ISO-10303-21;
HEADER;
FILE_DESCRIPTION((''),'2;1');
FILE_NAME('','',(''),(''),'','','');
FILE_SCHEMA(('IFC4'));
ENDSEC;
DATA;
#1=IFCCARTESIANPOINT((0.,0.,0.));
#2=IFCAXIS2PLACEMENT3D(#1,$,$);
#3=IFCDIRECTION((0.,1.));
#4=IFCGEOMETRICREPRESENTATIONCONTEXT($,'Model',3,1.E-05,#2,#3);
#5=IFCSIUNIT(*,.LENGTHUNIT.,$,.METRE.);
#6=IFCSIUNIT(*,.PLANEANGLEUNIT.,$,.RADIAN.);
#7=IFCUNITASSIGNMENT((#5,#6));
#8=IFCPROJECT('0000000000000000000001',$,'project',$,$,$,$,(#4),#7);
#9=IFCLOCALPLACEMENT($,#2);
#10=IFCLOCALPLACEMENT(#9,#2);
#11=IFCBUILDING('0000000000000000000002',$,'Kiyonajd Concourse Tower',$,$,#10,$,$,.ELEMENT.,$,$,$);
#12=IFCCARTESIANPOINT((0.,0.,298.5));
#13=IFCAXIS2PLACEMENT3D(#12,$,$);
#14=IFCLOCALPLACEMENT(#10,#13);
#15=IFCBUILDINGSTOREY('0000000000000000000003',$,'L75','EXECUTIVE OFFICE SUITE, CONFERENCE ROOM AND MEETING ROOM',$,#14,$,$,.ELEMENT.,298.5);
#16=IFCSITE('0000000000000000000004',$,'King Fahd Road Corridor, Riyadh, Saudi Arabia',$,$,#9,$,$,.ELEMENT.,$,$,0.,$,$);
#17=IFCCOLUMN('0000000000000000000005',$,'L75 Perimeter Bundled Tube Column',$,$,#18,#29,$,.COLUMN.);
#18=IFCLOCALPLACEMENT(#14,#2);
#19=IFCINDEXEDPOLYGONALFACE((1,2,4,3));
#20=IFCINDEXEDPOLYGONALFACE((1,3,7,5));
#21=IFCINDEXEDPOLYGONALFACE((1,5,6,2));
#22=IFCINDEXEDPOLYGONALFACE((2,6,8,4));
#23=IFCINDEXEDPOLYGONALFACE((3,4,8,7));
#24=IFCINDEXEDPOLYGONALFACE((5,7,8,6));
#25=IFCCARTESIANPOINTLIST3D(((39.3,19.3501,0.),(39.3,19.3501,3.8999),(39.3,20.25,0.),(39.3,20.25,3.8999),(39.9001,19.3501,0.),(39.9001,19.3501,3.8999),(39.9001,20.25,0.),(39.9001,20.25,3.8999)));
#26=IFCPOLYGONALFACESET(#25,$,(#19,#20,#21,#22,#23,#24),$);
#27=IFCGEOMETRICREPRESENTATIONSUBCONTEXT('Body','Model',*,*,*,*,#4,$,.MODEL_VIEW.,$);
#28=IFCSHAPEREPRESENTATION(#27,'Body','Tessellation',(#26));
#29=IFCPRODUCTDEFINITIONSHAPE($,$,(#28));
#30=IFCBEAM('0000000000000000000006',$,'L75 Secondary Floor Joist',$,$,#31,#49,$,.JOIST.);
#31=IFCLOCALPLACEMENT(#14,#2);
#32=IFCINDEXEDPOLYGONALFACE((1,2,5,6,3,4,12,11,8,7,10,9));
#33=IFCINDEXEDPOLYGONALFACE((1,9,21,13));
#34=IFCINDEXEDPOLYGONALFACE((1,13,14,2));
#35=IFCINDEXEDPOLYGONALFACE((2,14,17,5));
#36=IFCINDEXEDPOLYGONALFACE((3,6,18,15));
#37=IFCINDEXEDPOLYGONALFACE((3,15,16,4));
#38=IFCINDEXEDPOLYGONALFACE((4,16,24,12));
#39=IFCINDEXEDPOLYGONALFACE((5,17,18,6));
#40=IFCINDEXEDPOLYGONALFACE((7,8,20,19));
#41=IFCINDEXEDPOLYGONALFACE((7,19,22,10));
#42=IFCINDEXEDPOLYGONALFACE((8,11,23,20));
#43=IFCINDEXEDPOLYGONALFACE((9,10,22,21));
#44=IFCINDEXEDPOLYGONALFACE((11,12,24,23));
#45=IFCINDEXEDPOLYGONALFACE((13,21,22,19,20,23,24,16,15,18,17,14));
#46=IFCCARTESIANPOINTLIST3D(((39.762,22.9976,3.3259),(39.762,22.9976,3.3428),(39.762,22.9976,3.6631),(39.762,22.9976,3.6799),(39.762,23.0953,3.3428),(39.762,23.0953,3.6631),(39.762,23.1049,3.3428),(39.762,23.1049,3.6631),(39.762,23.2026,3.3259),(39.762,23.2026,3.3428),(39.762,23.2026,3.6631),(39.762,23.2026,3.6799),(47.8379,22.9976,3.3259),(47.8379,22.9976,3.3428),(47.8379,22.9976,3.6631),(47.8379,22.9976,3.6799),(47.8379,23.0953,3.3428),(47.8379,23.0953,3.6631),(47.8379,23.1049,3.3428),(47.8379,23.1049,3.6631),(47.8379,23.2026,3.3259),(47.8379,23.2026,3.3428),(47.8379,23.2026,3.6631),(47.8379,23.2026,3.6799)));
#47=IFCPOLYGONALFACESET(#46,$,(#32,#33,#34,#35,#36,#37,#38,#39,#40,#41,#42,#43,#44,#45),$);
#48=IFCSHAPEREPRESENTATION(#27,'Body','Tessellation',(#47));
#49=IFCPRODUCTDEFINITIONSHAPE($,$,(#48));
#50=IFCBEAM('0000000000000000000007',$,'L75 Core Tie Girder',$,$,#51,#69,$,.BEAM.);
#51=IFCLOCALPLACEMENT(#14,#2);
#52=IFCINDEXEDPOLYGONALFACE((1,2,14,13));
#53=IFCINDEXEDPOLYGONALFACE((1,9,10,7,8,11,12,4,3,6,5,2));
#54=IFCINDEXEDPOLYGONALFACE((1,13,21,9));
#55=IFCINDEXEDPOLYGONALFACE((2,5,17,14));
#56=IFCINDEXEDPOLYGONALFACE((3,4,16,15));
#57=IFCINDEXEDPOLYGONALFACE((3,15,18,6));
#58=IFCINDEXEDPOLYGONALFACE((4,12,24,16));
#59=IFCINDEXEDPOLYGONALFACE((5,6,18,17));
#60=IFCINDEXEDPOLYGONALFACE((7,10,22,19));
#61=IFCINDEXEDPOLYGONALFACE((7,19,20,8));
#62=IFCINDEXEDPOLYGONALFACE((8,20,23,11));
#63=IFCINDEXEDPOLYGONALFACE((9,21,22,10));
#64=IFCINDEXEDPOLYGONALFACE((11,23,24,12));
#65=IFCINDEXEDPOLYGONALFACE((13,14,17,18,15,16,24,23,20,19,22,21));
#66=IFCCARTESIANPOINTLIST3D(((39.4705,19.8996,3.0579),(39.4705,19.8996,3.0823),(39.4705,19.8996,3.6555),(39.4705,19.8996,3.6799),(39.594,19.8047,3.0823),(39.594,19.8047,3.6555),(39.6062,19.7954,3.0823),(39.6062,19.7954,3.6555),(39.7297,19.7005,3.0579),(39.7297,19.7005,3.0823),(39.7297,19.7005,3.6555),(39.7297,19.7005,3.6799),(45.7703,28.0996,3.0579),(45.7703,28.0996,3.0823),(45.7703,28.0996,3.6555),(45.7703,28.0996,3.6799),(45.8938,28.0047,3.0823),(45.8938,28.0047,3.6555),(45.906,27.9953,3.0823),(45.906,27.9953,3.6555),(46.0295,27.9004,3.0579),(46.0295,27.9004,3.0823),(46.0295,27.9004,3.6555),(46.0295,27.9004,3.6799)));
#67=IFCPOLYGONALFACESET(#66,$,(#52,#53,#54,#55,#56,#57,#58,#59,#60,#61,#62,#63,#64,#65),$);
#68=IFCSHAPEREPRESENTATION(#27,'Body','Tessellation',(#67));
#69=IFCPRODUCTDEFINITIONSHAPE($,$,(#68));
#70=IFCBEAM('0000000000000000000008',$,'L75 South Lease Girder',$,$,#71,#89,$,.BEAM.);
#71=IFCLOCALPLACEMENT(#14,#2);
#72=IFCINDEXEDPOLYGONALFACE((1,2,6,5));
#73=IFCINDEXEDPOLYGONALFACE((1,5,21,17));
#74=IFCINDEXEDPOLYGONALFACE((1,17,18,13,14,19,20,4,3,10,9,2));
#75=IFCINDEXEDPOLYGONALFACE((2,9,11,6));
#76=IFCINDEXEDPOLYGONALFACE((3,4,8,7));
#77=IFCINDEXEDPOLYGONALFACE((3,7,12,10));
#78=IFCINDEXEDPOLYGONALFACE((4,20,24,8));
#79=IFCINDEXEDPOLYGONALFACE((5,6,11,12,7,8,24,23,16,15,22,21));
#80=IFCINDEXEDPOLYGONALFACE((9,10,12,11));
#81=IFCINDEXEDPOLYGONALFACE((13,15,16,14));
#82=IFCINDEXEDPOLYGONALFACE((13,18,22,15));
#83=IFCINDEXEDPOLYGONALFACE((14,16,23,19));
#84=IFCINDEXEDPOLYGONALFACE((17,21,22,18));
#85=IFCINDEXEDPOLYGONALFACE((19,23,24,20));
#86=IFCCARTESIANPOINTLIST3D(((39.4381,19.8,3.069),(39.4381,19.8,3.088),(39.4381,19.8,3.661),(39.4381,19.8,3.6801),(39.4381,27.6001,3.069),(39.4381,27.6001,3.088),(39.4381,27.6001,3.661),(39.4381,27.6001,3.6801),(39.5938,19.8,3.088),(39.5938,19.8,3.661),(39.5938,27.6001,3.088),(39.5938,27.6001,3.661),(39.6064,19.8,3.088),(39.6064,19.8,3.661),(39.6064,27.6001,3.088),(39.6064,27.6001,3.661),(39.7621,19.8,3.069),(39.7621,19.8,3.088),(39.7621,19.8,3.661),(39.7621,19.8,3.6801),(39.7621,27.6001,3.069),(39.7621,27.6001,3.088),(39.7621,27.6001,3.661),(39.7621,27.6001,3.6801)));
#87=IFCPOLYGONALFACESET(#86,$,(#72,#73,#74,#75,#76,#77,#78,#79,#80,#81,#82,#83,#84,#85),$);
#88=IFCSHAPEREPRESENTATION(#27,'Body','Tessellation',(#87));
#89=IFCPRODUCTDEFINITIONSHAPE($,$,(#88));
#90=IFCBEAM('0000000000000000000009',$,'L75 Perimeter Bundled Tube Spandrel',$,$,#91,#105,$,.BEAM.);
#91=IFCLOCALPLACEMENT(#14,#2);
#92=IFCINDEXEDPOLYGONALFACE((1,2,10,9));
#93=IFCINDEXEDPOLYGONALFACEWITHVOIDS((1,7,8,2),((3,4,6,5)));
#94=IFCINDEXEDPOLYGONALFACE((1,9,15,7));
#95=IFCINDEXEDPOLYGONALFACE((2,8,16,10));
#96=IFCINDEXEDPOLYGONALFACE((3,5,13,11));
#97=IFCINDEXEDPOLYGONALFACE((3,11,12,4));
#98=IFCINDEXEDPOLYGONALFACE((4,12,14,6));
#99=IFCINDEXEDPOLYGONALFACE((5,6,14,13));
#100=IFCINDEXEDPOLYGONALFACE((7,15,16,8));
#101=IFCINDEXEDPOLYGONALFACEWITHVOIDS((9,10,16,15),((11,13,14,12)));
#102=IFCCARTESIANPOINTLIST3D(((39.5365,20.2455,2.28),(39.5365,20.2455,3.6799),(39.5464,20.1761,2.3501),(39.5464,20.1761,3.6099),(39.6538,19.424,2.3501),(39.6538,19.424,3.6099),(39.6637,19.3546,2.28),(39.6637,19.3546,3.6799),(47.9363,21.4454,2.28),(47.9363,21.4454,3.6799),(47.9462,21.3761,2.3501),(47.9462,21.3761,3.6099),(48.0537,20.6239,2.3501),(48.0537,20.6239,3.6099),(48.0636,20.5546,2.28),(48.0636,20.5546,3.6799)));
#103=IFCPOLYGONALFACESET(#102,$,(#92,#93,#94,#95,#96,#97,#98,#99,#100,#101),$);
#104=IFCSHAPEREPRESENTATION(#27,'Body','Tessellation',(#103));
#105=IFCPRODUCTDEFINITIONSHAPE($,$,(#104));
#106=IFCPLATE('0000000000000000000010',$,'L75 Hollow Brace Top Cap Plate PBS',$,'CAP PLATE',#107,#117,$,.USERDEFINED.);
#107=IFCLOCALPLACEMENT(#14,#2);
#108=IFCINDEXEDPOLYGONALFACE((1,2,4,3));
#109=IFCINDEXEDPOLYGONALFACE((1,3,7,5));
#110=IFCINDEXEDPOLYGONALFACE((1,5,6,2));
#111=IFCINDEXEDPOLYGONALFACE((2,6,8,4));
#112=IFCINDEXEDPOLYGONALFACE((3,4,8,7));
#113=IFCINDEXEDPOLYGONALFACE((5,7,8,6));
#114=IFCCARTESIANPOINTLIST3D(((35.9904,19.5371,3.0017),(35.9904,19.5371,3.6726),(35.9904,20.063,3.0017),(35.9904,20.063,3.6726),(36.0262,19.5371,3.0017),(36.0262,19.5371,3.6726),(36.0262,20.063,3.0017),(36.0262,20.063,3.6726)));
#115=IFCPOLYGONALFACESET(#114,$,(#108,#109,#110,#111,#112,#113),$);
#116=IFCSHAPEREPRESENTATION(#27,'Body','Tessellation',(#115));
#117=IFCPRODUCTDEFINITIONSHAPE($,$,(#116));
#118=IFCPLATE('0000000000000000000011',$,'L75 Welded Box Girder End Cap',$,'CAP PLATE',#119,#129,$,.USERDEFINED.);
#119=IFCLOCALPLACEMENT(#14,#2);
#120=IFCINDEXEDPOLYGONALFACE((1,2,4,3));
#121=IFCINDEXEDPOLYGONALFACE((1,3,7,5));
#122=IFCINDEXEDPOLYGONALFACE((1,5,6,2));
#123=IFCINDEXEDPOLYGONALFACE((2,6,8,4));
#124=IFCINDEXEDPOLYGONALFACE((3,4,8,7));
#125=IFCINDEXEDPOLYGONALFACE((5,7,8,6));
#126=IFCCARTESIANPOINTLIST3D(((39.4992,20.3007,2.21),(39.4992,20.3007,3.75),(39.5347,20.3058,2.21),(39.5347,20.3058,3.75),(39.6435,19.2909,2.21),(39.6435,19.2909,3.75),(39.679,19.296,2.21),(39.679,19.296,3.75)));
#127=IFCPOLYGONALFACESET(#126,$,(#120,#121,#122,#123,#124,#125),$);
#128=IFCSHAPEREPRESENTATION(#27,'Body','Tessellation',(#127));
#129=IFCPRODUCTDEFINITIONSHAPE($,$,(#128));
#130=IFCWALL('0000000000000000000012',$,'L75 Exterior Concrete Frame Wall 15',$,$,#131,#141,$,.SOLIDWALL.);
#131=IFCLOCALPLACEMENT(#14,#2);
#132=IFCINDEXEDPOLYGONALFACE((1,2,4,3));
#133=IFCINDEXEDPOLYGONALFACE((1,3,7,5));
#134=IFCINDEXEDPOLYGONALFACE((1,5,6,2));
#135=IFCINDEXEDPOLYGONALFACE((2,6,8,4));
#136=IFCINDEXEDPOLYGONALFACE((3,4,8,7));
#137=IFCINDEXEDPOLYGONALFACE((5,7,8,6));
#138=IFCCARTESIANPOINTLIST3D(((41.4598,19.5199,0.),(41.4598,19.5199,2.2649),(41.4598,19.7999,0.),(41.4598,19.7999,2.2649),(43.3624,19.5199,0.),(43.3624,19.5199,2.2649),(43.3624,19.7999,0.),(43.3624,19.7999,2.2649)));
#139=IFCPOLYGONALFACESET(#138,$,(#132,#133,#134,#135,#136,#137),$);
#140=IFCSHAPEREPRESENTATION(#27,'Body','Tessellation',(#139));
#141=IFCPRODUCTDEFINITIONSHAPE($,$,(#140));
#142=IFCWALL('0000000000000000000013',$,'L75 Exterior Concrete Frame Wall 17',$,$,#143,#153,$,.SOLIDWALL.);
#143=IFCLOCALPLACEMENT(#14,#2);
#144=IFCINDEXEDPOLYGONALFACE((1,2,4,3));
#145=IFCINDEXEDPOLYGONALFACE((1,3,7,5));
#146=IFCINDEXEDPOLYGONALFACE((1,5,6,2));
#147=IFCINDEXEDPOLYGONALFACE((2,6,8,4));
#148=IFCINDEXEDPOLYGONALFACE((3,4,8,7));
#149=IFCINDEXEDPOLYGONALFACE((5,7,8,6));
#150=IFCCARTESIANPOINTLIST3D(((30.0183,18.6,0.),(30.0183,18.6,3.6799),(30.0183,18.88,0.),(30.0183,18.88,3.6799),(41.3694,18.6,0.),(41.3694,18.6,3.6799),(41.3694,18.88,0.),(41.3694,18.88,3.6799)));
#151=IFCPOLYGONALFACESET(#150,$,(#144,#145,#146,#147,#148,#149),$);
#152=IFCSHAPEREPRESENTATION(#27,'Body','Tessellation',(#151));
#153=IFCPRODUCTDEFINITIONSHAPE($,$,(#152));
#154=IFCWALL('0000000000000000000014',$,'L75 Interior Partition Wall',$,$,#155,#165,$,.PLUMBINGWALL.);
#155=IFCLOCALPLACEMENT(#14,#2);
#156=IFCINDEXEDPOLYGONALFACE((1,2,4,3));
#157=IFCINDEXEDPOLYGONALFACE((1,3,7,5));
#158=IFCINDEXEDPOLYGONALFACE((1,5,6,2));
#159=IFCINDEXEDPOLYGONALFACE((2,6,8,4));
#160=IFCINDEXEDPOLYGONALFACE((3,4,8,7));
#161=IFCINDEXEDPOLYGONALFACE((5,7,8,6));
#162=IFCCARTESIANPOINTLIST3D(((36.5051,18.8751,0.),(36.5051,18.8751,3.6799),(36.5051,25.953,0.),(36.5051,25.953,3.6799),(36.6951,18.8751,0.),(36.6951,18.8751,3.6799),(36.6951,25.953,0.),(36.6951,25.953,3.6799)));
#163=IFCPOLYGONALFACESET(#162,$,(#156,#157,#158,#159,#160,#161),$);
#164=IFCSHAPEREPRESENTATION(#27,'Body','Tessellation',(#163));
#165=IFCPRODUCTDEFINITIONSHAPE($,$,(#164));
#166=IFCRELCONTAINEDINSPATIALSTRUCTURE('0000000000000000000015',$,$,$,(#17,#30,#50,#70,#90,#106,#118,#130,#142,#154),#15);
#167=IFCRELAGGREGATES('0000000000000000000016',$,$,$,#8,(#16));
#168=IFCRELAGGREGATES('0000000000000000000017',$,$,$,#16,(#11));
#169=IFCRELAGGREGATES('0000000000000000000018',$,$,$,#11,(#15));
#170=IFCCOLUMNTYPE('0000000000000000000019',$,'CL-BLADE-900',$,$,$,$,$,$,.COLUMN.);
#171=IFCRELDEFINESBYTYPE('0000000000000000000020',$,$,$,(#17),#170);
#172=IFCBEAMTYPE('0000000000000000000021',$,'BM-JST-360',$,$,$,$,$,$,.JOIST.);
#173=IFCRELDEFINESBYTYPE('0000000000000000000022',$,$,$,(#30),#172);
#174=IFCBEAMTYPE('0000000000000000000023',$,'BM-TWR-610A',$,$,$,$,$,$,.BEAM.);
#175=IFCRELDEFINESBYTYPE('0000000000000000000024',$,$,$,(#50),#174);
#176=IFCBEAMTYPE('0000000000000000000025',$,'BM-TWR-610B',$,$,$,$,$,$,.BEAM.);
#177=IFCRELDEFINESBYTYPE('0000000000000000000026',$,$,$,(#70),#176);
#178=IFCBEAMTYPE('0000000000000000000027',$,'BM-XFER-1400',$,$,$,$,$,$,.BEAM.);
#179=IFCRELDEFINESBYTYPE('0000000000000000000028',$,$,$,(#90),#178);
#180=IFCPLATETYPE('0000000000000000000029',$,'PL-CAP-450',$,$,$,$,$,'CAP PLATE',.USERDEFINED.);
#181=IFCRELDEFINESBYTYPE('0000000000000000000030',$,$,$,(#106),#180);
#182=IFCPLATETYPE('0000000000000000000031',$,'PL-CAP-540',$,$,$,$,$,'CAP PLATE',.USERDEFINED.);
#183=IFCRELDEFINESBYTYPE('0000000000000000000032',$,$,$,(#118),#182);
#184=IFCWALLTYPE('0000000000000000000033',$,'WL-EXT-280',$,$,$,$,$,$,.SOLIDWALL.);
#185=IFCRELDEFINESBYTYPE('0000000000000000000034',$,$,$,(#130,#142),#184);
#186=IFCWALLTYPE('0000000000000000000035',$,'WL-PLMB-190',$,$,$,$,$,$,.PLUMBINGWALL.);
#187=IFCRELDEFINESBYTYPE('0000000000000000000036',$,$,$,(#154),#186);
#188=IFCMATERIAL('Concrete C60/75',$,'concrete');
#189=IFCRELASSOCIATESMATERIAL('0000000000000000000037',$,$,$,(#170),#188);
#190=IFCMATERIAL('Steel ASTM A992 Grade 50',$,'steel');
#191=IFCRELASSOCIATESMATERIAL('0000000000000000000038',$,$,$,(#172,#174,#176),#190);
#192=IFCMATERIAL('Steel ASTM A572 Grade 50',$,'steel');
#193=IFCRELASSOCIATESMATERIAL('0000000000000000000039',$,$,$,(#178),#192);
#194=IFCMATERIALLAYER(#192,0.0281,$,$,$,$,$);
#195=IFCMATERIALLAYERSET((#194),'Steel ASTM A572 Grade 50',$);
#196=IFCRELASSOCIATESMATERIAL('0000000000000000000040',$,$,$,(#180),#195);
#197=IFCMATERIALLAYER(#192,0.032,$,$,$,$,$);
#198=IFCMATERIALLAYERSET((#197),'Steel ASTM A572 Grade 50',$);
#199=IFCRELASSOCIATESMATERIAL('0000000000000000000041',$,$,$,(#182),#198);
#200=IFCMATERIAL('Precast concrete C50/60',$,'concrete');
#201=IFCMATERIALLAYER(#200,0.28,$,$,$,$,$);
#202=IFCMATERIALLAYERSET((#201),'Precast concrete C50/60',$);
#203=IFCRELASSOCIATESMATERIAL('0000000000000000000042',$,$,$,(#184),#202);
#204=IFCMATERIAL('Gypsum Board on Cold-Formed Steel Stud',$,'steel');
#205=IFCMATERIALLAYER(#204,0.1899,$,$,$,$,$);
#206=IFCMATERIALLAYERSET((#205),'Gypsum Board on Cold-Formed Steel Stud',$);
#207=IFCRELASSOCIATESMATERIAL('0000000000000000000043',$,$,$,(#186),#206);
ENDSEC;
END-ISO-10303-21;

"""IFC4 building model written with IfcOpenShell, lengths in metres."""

from ifc_helpers import new_model, si_unit, direction, frame, frame_2d, origin, origin_2d, place, context, subcontext, project, spatial, rectangle, hollow_rectangle, i_section, extrude, material, layer, layer_set, material_profile, profile_set, type_object, element, save


model = new_model("IFC4")

# Units and contexts
model_context = context("Model", 3, precision=1e-05, world=origin(), true_north=direction((0.0, 1.0)))
body_context = subcontext(model_context, "Body", "Model", "MODEL_VIEW")
ifc_project = project(units=[si_unit("LENGTHUNIT", "METRE"), si_unit("PLANEANGLEUNIT", "RADIAN")], contexts=[model_context])

# Site, building, storey
site_placement = place(None, origin())
site = spatial("IfcSite", under=ifc_project, at=site_placement, Name="King Fahd Road Corridor, Riyadh, Saudi Arabia", CompositionType="ELEMENT", RefElevation=0.0)
building_placement = place(site_placement, origin())
building = spatial("IfcBuilding", under=site, at=building_placement, Name="Kiyonajd Concourse Tower", CompositionType="ELEMENT")
storey_placement = place(building_placement, frame((0.0, 0.0, 298.5)))
storey = spatial("IfcBuildingStorey", under=building, at=storey_placement, Name="L75", Description="EXECUTIVE OFFICE SUITE, CONFERENCE ROOM AND MEETING ROOM", CompositionType="ELEMENT", Elevation=298.5)

# Column
ifc_material_1 = material(Name="Concrete C60/75", Category="concrete")
ifc_material_profile_1 = material_profile(ifc_material_1, rectangle(XDim=0.6001, YDim=0.8999, at=origin_2d()), Name="RC-900x600")
ifc_profile_set_1 = profile_set([ifc_material_profile_1], Name="Concrete C60/75")
column_type = type_object("IfcColumnType", Name="CL-BLADE-900", PredefinedType="COLUMN", material=ifc_profile_set_1)
column_placement = place(storey_placement, frame((39.6001, 19.8, 0.0), z_axis=(0.0, 0.0, 1.0), x_axis=(1.0, 0.0, 0.0)))
element("IfcColumn", 1, at=column_placement, inside=storey, type_object=column_type, Name="L75 Perimeter Bundled Tube Column", PredefinedType="COLUMN", context=body_context, shape_type="SweptSolid", body=[
    extrude(rectangle(XDim=0.6001, YDim=0.8999, at=origin_2d()), origin(), (0.0, 0.0, 1.0), 3.8999),
])

# Beams
ifc_material_2 = material(Name="Steel ASTM A992 Grade 50", Category="steel")
ifc_material_profile_2 = material_profile(ifc_material_2, i_section(OverallWidth=0.2051, OverallDepth=0.354, WebThickness=0.0095, FlangeThickness=0.0168, at=origin_2d()), Name="W360X79")
ifc_profile_set_2 = profile_set([ifc_material_profile_2], Name="Steel ASTM A992 Grade 50")
beam_type_1 = type_object("IfcBeamType", Name="BM-JST-360", PredefinedType="JOIST", material=ifc_profile_set_2)
beam_1_placement = place(storey_placement, frame((39.762, 23.1001, 3.5029), z_axis=(1.0, 0.0, 0.0), x_axis=(0.0, 1.0, 0.0)))
element("IfcBeam", 2, at=beam_1_placement, inside=storey, type_object=beam_type_1, Name="L75 Secondary Floor Joist", PredefinedType="JOIST", context=body_context, shape_type="SweptSolid", body=[
    extrude(i_section(OverallWidth=0.2051, OverallDepth=0.354, WebThickness=0.0095, FlangeThickness=0.0168, at=origin_2d()), origin(), (0.0, 0.0, 1.0), 8.0759),
])
ifc_material_profile_3 = material_profile(ifc_material_2, i_section(OverallWidth=0.3269, OverallDepth=0.6221, WebThickness=0.0154, FlangeThickness=0.0244, at=origin_2d()), Name="W610X195")
ifc_profile_set_3 = profile_set([ifc_material_profile_3], Name="Steel ASTM A992 Grade 50")
beam_type_2 = type_object("IfcBeamType", Name="BM-TWR-610A", PredefinedType="BEAM", material=ifc_profile_set_3)
beam_2_placement = place(storey_placement, frame((39.6001, 19.8, 3.3689), z_axis=(0.609234, 0.792991, 0.0), x_axis=(-0.792991, 0.609234, 0.0)))
element("IfcBeam", 3, at=beam_2_placement, inside=storey, type_object=beam_type_2, Name="L75 Core Tie Girder", PredefinedType="BEAM", context=body_context, shape_type="SweptSolid", body=[
    extrude(i_section(OverallWidth=0.3269, OverallDepth=0.6221, WebThickness=0.0154, FlangeThickness=0.0244, at=origin_2d()), origin(), (0.0, 0.0, 1.0), 10.3406),
])
ifc_material_profile_4 = material_profile(ifc_material_2, i_section(OverallWidth=0.324, OverallDepth=0.6111, WebThickness=0.0127, FlangeThickness=0.019, at=origin_2d()), Name="W610X155")
ifc_profile_set_4 = profile_set([ifc_material_profile_4], Name="Steel ASTM A992 Grade 50")
beam_type_3 = type_object("IfcBeamType", Name="BM-TWR-610B", PredefinedType="BEAM", material=ifc_profile_set_4)
beam_3_placement = place(storey_placement, frame((39.6001, 19.8, 3.3745), z_axis=(0.0, 1.0, 0.0), x_axis=(-1.0, 0.0, 0.0)))
element("IfcBeam", 4, at=beam_3_placement, inside=storey, type_object=beam_type_3, Name="L75 South Lease Girder", PredefinedType="BEAM", context=body_context, shape_type="SweptSolid", body=[
    extrude(i_section(OverallWidth=0.324, OverallDepth=0.6111, WebThickness=0.0127, FlangeThickness=0.019, at=origin_2d()), origin(), (0.0, 0.0, 1.0), 7.8),
])
ifc_material_3 = material(Name="Steel ASTM A572 Grade 50", Category="steel")
ifc_material_profile_5 = material_profile(ifc_material_3, hollow_rectangle(XDim=0.8999, YDim=1.3999, WallThickness=0.0701, at=origin_2d()), Name="BOX-1400x900x70")
ifc_profile_set_5 = profile_set([ifc_material_profile_5], Name="Steel ASTM A572 Grade 50")
beam_type_4 = type_object("IfcBeamType", Name="BM-XFER-1400", PredefinedType="BEAM", material=ifc_profile_set_5)
beam_4_placement = place(storey_placement, frame((39.6001, 19.8, 2.98), z_axis=(0.98995, 0.141417, 0.0), x_axis=(-0.141417, 0.98995, 0.0)))
element("IfcBeam", 5, at=beam_4_placement, inside=storey, type_object=beam_type_4, Name="L75 Perimeter Bundled Tube Spandrel", PredefinedType="BEAM", context=body_context, shape_type="SweptSolid", body=[
    extrude(hollow_rectangle(XDim=0.8999, YDim=1.3999, WallThickness=0.0701, at=origin_2d()), origin(), (0.0, 0.0, 1.0), 8.4851),
])

# Plates
ifc_layer_1 = layer(ifc_material_3, 0.0281)
ifc_layer_set_1 = layer_set([ifc_layer_1], Name="Steel ASTM A572 Grade 50")
plate_type_1 = type_object("IfcPlateType", Name="PL-CAP-450", ElementType="CAP PLATE", PredefinedType="USERDEFINED", material=ifc_layer_set_1)
plate_1_placement = place(storey_placement, frame((36.0083, 19.8, 3.0017), z_axis=(0.0, 0.0, 1.0), x_axis=(1.0, 0.0, 0.0)))
element("IfcPlate", 6, at=plate_1_placement, inside=storey, type_object=plate_type_1, Name="L75 Hollow Brace Top Cap Plate PBS", ObjectType="CAP PLATE", PredefinedType="USERDEFINED", context=body_context, shape_type="SweptSolid", body=[
    extrude(rectangle(XDim=0.0359, YDim=0.5259, at=origin_2d()), origin(), (0.0, 0.0, 1.0), 0.6709),
])
ifc_layer_2 = layer(ifc_material_3, 0.032)
ifc_layer_set_2 = layer_set([ifc_layer_2], Name="Steel ASTM A572 Grade 50")
plate_type_2 = type_object("IfcPlateType", Name="PL-CAP-540", ElementType="CAP PLATE", PredefinedType="USERDEFINED", material=ifc_layer_set_2)
plate_2_placement = place(storey_placement, frame((39.5891, 19.7983, 2.21), z_axis=(0.0, 0.0, 1.0), x_axis=(-0.98995, -0.14142, 0.0)))
element("IfcPlate", 7, at=plate_2_placement, inside=storey, type_object=plate_type_2, Name="L75 Welded Box Girder End Cap", ObjectType="CAP PLATE", PredefinedType="USERDEFINED", context=body_context, shape_type="SweptSolid", body=[
    extrude(rectangle(XDim=0.0359, YDim=1.02, at=origin_2d()), origin(), (0.0, 0.0, 1.0), 1.54),
])

# Walls
ifc_material_4 = material(Name="Precast concrete C50/60", Category="concrete")
ifc_layer_3 = layer(ifc_material_4, 0.28)
ifc_layer_set_3 = layer_set([ifc_layer_3], Name="Precast concrete C50/60")
wall_type_1 = type_object("IfcWallType", Name="WL-EXT-280", PredefinedType="SOLIDWALL", material=ifc_layer_set_3)
wall_1_placement = place(storey_placement, frame((41.46, 19.6599, 0.0), z_axis=(0.0, 0.0, 1.0), x_axis=(1.0, 0.0, 0.0)))
element("IfcWall", 8, at=wall_1_placement, inside=storey, type_object=wall_type_1, Name="L75 Exterior Concrete Frame Wall 15", PredefinedType="SOLIDWALL", context=body_context, shape_type="SweptSolid", body=[
    extrude(rectangle(XDim=1.9026, YDim=0.28, at=frame_2d((0.9512, 0.0))), origin(), (0.0, 0.0, 1.0), 2.2649),
])
wall_2_placement = place(storey_placement, frame((41.3694, 18.74, 0.0), z_axis=(0.0, 0.0, 1.0), x_axis=(-1.0, 0.0, 0.0)))
element("IfcWall", 9, at=wall_2_placement, inside=storey, type_object=wall_type_1, Name="L75 Exterior Concrete Frame Wall 17", PredefinedType="SOLIDWALL", context=body_context, shape_type="SweptSolid", body=[
    extrude(rectangle(XDim=11.3511, YDim=0.28, at=frame_2d((5.6755, 0.0))), origin(), (0.0, 0.0, 1.0), 3.6799),
])
ifc_material_5 = material(Name="Gypsum Board on Cold-Formed Steel Stud", Category="steel")
ifc_layer_4 = layer(ifc_material_5, 0.1899)
ifc_layer_set_4 = layer_set([ifc_layer_4], Name="Gypsum Board on Cold-Formed Steel Stud")
wall_type_2 = type_object("IfcWallType", Name="WL-PLMB-190", PredefinedType="PLUMBINGWALL", material=ifc_layer_set_4)
wall_3_placement = place(storey_placement, frame((36.6001, 18.875, 0.0), z_axis=(0.0, 0.0, 1.0), x_axis=(0.0, 1.0, 0.0)))
element("IfcWall", 10, at=wall_3_placement, inside=storey, type_object=wall_type_2, Name="L75 Interior Partition Wall", PredefinedType="PLUMBINGWALL", context=body_context, shape_type="SweptSolid", body=[
    extrude(rectangle(XDim=7.0779, YDim=0.1899, at=frame_2d((3.5391, 0.0))), origin(), (0.0, 0.0, 1.0), 3.6799),
])

save(model, "model.ifc")
